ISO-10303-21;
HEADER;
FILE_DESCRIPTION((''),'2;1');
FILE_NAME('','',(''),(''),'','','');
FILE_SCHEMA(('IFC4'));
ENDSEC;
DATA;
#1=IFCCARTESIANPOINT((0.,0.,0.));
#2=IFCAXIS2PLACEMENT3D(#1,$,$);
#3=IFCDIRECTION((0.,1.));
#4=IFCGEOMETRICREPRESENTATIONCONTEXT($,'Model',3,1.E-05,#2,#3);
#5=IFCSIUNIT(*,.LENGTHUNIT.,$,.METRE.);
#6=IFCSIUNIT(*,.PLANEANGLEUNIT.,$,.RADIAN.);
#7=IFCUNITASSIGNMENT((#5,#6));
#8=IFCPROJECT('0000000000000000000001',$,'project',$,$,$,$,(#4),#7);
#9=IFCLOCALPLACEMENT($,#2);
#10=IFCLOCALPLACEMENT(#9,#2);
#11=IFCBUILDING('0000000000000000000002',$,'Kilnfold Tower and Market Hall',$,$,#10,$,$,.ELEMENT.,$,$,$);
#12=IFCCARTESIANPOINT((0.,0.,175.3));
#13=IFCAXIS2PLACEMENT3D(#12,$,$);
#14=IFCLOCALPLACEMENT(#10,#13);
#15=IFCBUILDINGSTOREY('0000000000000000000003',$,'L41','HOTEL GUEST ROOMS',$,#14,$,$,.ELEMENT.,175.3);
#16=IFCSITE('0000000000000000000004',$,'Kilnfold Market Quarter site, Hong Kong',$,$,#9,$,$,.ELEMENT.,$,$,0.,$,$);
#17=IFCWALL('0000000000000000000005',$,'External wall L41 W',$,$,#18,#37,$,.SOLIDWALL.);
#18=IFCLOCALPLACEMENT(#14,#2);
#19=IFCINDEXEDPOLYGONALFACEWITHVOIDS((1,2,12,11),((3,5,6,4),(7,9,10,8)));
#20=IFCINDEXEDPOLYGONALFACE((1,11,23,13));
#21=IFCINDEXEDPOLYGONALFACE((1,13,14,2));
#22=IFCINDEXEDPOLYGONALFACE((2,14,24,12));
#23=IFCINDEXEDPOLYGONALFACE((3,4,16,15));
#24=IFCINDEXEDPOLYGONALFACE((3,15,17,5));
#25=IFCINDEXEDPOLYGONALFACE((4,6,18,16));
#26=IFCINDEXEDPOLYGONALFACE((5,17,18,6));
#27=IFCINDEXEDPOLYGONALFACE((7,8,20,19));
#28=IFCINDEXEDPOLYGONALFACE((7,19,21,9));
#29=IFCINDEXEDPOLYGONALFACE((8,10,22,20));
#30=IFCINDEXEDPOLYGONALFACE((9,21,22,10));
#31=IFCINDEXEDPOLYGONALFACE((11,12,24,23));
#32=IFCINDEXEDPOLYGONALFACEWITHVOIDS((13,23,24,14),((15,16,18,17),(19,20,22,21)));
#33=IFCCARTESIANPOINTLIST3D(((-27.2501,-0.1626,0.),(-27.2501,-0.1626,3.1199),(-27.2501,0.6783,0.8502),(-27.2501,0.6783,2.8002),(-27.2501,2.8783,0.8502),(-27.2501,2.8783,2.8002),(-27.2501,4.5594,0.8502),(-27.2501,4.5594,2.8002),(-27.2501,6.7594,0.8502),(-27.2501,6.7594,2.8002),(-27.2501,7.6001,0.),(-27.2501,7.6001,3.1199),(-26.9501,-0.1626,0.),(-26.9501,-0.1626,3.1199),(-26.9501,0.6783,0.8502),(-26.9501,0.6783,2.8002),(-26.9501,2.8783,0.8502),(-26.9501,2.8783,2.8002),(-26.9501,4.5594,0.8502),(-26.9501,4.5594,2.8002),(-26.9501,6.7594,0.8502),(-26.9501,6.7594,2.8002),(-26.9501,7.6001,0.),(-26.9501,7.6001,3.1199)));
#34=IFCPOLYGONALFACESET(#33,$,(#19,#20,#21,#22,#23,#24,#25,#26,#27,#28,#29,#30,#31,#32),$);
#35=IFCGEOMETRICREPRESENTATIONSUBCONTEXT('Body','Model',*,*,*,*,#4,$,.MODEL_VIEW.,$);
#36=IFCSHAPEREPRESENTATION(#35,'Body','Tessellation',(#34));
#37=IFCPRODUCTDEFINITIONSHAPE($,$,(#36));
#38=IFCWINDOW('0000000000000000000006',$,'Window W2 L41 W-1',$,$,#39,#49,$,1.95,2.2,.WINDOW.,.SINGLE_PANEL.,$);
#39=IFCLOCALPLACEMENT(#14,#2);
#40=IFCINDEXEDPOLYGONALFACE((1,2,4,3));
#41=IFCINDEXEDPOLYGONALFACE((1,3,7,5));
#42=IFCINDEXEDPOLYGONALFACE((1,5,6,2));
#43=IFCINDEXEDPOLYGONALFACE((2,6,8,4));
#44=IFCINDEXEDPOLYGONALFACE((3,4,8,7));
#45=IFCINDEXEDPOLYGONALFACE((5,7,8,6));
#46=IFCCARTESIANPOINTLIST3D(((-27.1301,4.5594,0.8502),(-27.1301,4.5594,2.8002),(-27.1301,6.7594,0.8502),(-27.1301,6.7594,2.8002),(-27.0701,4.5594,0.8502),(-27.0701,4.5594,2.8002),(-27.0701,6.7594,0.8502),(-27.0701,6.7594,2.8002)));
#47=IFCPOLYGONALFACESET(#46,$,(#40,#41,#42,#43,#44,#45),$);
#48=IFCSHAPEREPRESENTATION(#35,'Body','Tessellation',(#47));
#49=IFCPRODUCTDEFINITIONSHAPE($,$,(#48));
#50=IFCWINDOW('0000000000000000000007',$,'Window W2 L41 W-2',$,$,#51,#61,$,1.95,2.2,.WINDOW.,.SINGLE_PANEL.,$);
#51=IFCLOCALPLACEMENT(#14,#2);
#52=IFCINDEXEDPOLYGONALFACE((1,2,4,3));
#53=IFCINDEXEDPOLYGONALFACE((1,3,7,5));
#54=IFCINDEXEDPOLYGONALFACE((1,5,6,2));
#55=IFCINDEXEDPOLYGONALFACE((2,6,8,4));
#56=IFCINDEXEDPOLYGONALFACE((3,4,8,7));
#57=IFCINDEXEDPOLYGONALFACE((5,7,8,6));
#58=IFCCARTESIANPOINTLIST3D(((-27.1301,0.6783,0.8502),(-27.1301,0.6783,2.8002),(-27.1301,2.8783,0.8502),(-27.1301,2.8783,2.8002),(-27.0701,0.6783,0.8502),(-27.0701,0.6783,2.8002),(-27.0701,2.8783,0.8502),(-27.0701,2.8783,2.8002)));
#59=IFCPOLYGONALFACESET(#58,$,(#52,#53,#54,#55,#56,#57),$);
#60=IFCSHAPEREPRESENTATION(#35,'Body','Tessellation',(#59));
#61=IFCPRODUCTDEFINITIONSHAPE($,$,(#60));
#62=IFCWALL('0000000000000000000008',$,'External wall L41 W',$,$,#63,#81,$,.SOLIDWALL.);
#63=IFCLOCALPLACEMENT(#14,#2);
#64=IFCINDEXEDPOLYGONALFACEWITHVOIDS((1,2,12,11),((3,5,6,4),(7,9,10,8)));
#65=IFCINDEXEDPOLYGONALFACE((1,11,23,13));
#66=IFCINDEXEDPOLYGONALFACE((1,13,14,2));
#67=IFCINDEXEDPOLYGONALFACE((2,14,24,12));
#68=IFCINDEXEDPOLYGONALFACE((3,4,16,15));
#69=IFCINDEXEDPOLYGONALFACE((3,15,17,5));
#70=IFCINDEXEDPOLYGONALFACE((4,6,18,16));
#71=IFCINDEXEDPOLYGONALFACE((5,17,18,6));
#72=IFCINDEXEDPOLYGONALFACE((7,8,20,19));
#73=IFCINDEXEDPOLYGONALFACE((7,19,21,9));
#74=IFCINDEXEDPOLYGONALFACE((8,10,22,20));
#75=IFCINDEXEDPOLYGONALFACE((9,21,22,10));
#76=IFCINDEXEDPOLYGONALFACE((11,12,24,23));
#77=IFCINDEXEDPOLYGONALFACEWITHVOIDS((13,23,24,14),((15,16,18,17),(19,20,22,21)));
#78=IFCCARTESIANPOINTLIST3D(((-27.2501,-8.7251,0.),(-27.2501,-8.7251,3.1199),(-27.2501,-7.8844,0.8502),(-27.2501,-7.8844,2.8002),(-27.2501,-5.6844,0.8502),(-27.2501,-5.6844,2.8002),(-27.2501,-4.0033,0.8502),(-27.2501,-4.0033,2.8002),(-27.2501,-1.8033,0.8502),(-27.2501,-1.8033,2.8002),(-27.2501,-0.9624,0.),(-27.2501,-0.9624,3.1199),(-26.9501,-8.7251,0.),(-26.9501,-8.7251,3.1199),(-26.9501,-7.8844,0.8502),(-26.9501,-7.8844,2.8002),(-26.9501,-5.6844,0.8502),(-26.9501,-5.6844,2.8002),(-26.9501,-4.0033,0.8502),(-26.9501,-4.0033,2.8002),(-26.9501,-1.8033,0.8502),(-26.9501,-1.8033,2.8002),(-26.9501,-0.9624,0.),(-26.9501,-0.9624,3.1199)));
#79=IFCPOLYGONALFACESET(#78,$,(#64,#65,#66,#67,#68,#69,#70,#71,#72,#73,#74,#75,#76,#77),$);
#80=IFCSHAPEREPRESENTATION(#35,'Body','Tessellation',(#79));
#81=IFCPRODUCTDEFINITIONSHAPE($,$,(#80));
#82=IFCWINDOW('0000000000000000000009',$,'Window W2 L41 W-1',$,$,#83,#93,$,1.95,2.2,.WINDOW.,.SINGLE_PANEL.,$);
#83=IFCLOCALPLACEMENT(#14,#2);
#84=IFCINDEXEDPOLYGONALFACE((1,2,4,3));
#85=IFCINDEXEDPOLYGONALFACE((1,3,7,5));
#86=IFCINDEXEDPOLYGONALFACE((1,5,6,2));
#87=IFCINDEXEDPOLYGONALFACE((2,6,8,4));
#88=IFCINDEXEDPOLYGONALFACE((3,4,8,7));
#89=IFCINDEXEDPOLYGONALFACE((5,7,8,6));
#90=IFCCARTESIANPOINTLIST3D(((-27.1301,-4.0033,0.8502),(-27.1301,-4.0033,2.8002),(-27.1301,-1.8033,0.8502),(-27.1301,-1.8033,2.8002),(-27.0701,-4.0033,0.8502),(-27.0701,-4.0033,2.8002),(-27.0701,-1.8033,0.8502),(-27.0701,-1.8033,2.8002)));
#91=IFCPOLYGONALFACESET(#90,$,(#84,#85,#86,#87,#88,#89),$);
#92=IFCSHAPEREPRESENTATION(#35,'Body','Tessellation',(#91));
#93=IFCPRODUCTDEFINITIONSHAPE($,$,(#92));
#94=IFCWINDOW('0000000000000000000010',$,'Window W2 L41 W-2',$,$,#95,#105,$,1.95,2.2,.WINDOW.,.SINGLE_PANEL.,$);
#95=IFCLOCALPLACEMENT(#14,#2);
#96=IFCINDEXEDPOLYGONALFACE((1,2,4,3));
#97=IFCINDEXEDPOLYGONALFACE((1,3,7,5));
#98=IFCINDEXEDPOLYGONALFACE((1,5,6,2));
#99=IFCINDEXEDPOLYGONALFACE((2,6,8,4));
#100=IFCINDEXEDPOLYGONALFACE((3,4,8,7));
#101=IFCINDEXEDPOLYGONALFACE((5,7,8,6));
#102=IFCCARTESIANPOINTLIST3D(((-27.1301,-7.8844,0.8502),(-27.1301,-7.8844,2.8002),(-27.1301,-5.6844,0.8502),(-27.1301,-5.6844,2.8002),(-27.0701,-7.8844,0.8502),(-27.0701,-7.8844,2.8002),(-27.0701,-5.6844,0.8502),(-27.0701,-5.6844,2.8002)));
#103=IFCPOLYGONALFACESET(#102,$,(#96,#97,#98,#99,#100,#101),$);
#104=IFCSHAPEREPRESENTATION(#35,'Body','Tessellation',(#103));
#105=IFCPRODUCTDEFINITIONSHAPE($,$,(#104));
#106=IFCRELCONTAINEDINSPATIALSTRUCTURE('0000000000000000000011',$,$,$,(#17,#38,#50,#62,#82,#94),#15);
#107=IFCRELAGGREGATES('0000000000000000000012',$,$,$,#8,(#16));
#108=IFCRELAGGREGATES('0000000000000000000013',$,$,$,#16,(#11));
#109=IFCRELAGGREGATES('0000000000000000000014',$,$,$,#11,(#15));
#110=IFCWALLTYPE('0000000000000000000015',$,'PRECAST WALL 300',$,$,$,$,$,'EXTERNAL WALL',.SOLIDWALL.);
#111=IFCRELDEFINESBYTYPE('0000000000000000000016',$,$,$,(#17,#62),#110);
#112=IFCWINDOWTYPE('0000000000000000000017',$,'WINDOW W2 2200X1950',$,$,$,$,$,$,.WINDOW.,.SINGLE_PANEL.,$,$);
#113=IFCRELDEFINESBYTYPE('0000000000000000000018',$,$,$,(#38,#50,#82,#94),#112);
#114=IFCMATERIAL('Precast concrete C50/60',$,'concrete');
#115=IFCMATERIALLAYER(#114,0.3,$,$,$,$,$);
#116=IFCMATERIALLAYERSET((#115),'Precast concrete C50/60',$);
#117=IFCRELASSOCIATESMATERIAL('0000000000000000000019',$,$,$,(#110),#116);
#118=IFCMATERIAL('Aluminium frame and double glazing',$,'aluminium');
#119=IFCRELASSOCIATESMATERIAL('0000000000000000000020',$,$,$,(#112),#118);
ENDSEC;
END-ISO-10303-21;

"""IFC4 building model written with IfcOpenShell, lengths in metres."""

from ifc_helpers import new_model, si_unit, direction, frame, frame_2d, origin, place, context, subcontext, project, spatial, rectangle, extrude, source, transform, mapped, material, layer, layer_set, type_object, element, fill, save


model = new_model("IFC4")

# Units and contexts
model_context = context("Model", 3, precision=1e-05, world=origin(), true_north=direction((0.0, 1.0)))
body_context = subcontext(model_context, "Body", "Model", "MODEL_VIEW")
ifc_project = project(units=[si_unit("LENGTHUNIT", "METRE"), si_unit("PLANEANGLEUNIT", "RADIAN")], contexts=[model_context])

# Site, building, storey
site_placement = place(None, origin())
site = spatial("IfcSite", under=ifc_project, at=site_placement, Name="Kilnfold Market Quarter site, Hong Kong", CompositionType="ELEMENT", RefElevation=0.0)
building_placement = place(site_placement, origin())
building = spatial("IfcBuilding", under=site, at=building_placement, Name="Kilnfold Tower and Market Hall", CompositionType="ELEMENT")
storey_placement = place(building_placement, frame((0.0, 0.0, 175.3)))
storey = spatial("IfcBuildingStorey", under=building, at=storey_placement, Name="L41", Description="HOTEL GUEST ROOMS", CompositionType="ELEMENT", Elevation=175.3)

# Walls, openings, windows
ifc_material_1 = material(Name="Precast concrete C50/60", Category="concrete")
ifc_layer_1 = layer(ifc_material_1, 0.3)
ifc_layer_set_1 = layer_set([ifc_layer_1], Name="Precast concrete C50/60")
wall_type_1 = type_object("IfcWallType", Name="PRECAST WALL 300", ElementType="EXTERNAL WALL", PredefinedType="SOLIDWALL", material=ifc_layer_set_1)
shared_shape_1 = source(origin(), body_context, "Body", "SweptSolid", [
    extrude(rectangle(XDim=7.7627, YDim=0.3, at=frame_2d((3.8813, 0.0))), origin(), (0.0, 0.0, 1.0), 3.1199),
])
wall_1_placement = place(storey_placement, frame((-27.1001, 7.6001, 0.0), z_axis=(0.0, 0.0, 1.0), x_axis=(0.0, -1.0, 0.0)))
wall_1 = element("IfcWall", 1, at=wall_1_placement, inside=storey, type_object=wall_type_1, Name="External wall L41 W", PredefinedType="SOLIDWALL", context=body_context, shape_type="MappedRepresentation", body=[
    mapped(shared_shape_1, transform((0.0, 0.0, 0.0))),
])
opening_1_placement = place(wall_1_placement, frame((0.8406, 0.0, 0.8501)))
opening_1 = element("IfcOpeningElement", 2, at=opening_1_placement, cuts=wall_1, PredefinedType="OPENING", context=body_context, shape_type="SweptSolid", body=[
    extrude(rectangle(XDim=2.2, YDim=1.95, at=frame_2d((1.1001, 0.9751))), frame((0.0, 0.1602, 0.0), z_axis=(0.0, -1.0, 0.0), x_axis=(1.0, 0.0, 0.0)), (0.0, 0.0, 1.0), 0.3201),
])
opening_2_placement = place(wall_1_placement, frame((4.7217, 0.0, 0.8501)))
opening_2 = element("IfcOpeningElement", 3, at=opening_2_placement, cuts=wall_1, PredefinedType="OPENING", context=body_context, shape_type="SweptSolid", body=[
    extrude(rectangle(XDim=2.2, YDim=1.95, at=frame_2d((1.1001, 0.9751))), frame((0.0, 0.1602, 0.0), z_axis=(0.0, -1.0, 0.0), x_axis=(1.0, 0.0, 0.0)), (0.0, 0.0, 1.0), 0.3201),
])
ifc_material_2 = material(Name="Aluminium frame and double glazing", Category="aluminium")
window_type = type_object("IfcWindowType", Name="WINDOW W2 2200X1950", PartitioningType="SINGLE_PANEL", PredefinedType="WINDOW", material=ifc_material_2)
window_1_placement = place(opening_1_placement, origin())
window_1 = element("IfcWindow", 4, at=window_1_placement, inside=storey, type_object=window_type, Name="Window W2 L41 W-1", OverallHeight=1.95, OverallWidth=2.2, PartitioningType="SINGLE_PANEL", PredefinedType="WINDOW", context=body_context, shape_type="SweptSolid", body=[
    extrude(rectangle(XDim=2.2, YDim=1.95, at=frame_2d((1.1001, 0.9751))), frame((0.0, 0.03, 0.0), z_axis=(0.0, -1.0, 0.0), x_axis=(1.0, 0.0, 0.0)), (0.0, 0.0, 1.0), 0.0601),
])
fill(opening_1, window_1)
window_2_placement = place(opening_2_placement, origin())
window_2 = element("IfcWindow", 5, at=window_2_placement, inside=storey, type_object=window_type, Name="Window W2 L41 W-2", OverallHeight=1.95, OverallWidth=2.2, PartitioningType="SINGLE_PANEL", PredefinedType="WINDOW", context=body_context, shape_type="SweptSolid", body=[
    extrude(rectangle(XDim=2.2, YDim=1.95, at=frame_2d((1.1001, 0.9751))), frame((0.0, 0.03, 0.0), z_axis=(0.0, -1.0, 0.0), x_axis=(1.0, 0.0, 0.0)), (0.0, 0.0, 1.0), 0.0601),
])
fill(opening_2, window_2)
wall_2_placement = place(storey_placement, frame((-27.1001, -0.9624, 0.0), z_axis=(0.0, 0.0, 1.0), x_axis=(0.0, -1.0, 0.0)))
wall_2 = element("IfcWall", 6, at=wall_2_placement, inside=storey, type_object=wall_type_1, Name="External wall L41 W", PredefinedType="SOLIDWALL", context=body_context, shape_type="MappedRepresentation", body=[
    mapped(shared_shape_1, transform((0.0, 0.0, 0.0))),
])
opening_3_placement = place(wall_2_placement, frame((0.8408, 0.0, 0.8501)))
opening_3 = element("IfcOpeningElement", 7, at=opening_3_placement, cuts=wall_2, PredefinedType="OPENING", context=body_context, shape_type="SweptSolid", body=[
    extrude(rectangle(XDim=2.2, YDim=1.95, at=frame_2d((1.1001, 0.9751))), frame((0.0, 0.1602, 0.0), z_axis=(0.0, -1.0, 0.0), x_axis=(1.0, 0.0, 0.0)), (0.0, 0.0, 1.0), 0.3201),
])
opening_4_placement = place(wall_2_placement, frame((4.7219, 0.0, 0.8501)))
opening_4 = element("IfcOpeningElement", 8, at=opening_4_placement, cuts=wall_2, PredefinedType="OPENING", context=body_context, shape_type="SweptSolid", body=[
    extrude(rectangle(XDim=2.2, YDim=1.95, at=frame_2d((1.1001, 0.9751))), frame((0.0, 0.1602, 0.0), z_axis=(0.0, -1.0, 0.0), x_axis=(1.0, 0.0, 0.0)), (0.0, 0.0, 1.0), 0.3201),
])
window_3_placement = place(opening_3_placement, origin())
window_3 = element("IfcWindow", 9, at=window_3_placement, inside=storey, type_object=window_type, Name="Window W2 L41 W-1", OverallHeight=1.95, OverallWidth=2.2, PartitioningType="SINGLE_PANEL", PredefinedType="WINDOW", context=body_context, shape_type="SweptSolid", body=[
    extrude(rectangle(XDim=2.2, YDim=1.95, at=frame_2d((1.1001, 0.9751))), frame((0.0, 0.03, 0.0), z_axis=(0.0, -1.0, 0.0), x_axis=(1.0, 0.0, 0.0)), (0.0, 0.0, 1.0), 0.0601),
])
fill(opening_3, window_3)
window_4_placement = place(opening_4_placement, origin())
window_4 = element("IfcWindow", 10, at=window_4_placement, inside=storey, type_object=window_type, Name="Window W2 L41 W-2", OverallHeight=1.95, OverallWidth=2.2, PartitioningType="SINGLE_PANEL", PredefinedType="WINDOW", context=body_context, shape_type="SweptSolid", body=[
    extrude(rectangle(XDim=2.2, YDim=1.95, at=frame_2d((1.1001, 0.9751))), frame((0.0, 0.03, 0.0), z_axis=(0.0, -1.0, 0.0), x_axis=(1.0, 0.0, 0.0)), (0.0, 0.0, 1.0), 0.0601),
])
fill(opening_4, window_4)

save(model, "model.ifc")
